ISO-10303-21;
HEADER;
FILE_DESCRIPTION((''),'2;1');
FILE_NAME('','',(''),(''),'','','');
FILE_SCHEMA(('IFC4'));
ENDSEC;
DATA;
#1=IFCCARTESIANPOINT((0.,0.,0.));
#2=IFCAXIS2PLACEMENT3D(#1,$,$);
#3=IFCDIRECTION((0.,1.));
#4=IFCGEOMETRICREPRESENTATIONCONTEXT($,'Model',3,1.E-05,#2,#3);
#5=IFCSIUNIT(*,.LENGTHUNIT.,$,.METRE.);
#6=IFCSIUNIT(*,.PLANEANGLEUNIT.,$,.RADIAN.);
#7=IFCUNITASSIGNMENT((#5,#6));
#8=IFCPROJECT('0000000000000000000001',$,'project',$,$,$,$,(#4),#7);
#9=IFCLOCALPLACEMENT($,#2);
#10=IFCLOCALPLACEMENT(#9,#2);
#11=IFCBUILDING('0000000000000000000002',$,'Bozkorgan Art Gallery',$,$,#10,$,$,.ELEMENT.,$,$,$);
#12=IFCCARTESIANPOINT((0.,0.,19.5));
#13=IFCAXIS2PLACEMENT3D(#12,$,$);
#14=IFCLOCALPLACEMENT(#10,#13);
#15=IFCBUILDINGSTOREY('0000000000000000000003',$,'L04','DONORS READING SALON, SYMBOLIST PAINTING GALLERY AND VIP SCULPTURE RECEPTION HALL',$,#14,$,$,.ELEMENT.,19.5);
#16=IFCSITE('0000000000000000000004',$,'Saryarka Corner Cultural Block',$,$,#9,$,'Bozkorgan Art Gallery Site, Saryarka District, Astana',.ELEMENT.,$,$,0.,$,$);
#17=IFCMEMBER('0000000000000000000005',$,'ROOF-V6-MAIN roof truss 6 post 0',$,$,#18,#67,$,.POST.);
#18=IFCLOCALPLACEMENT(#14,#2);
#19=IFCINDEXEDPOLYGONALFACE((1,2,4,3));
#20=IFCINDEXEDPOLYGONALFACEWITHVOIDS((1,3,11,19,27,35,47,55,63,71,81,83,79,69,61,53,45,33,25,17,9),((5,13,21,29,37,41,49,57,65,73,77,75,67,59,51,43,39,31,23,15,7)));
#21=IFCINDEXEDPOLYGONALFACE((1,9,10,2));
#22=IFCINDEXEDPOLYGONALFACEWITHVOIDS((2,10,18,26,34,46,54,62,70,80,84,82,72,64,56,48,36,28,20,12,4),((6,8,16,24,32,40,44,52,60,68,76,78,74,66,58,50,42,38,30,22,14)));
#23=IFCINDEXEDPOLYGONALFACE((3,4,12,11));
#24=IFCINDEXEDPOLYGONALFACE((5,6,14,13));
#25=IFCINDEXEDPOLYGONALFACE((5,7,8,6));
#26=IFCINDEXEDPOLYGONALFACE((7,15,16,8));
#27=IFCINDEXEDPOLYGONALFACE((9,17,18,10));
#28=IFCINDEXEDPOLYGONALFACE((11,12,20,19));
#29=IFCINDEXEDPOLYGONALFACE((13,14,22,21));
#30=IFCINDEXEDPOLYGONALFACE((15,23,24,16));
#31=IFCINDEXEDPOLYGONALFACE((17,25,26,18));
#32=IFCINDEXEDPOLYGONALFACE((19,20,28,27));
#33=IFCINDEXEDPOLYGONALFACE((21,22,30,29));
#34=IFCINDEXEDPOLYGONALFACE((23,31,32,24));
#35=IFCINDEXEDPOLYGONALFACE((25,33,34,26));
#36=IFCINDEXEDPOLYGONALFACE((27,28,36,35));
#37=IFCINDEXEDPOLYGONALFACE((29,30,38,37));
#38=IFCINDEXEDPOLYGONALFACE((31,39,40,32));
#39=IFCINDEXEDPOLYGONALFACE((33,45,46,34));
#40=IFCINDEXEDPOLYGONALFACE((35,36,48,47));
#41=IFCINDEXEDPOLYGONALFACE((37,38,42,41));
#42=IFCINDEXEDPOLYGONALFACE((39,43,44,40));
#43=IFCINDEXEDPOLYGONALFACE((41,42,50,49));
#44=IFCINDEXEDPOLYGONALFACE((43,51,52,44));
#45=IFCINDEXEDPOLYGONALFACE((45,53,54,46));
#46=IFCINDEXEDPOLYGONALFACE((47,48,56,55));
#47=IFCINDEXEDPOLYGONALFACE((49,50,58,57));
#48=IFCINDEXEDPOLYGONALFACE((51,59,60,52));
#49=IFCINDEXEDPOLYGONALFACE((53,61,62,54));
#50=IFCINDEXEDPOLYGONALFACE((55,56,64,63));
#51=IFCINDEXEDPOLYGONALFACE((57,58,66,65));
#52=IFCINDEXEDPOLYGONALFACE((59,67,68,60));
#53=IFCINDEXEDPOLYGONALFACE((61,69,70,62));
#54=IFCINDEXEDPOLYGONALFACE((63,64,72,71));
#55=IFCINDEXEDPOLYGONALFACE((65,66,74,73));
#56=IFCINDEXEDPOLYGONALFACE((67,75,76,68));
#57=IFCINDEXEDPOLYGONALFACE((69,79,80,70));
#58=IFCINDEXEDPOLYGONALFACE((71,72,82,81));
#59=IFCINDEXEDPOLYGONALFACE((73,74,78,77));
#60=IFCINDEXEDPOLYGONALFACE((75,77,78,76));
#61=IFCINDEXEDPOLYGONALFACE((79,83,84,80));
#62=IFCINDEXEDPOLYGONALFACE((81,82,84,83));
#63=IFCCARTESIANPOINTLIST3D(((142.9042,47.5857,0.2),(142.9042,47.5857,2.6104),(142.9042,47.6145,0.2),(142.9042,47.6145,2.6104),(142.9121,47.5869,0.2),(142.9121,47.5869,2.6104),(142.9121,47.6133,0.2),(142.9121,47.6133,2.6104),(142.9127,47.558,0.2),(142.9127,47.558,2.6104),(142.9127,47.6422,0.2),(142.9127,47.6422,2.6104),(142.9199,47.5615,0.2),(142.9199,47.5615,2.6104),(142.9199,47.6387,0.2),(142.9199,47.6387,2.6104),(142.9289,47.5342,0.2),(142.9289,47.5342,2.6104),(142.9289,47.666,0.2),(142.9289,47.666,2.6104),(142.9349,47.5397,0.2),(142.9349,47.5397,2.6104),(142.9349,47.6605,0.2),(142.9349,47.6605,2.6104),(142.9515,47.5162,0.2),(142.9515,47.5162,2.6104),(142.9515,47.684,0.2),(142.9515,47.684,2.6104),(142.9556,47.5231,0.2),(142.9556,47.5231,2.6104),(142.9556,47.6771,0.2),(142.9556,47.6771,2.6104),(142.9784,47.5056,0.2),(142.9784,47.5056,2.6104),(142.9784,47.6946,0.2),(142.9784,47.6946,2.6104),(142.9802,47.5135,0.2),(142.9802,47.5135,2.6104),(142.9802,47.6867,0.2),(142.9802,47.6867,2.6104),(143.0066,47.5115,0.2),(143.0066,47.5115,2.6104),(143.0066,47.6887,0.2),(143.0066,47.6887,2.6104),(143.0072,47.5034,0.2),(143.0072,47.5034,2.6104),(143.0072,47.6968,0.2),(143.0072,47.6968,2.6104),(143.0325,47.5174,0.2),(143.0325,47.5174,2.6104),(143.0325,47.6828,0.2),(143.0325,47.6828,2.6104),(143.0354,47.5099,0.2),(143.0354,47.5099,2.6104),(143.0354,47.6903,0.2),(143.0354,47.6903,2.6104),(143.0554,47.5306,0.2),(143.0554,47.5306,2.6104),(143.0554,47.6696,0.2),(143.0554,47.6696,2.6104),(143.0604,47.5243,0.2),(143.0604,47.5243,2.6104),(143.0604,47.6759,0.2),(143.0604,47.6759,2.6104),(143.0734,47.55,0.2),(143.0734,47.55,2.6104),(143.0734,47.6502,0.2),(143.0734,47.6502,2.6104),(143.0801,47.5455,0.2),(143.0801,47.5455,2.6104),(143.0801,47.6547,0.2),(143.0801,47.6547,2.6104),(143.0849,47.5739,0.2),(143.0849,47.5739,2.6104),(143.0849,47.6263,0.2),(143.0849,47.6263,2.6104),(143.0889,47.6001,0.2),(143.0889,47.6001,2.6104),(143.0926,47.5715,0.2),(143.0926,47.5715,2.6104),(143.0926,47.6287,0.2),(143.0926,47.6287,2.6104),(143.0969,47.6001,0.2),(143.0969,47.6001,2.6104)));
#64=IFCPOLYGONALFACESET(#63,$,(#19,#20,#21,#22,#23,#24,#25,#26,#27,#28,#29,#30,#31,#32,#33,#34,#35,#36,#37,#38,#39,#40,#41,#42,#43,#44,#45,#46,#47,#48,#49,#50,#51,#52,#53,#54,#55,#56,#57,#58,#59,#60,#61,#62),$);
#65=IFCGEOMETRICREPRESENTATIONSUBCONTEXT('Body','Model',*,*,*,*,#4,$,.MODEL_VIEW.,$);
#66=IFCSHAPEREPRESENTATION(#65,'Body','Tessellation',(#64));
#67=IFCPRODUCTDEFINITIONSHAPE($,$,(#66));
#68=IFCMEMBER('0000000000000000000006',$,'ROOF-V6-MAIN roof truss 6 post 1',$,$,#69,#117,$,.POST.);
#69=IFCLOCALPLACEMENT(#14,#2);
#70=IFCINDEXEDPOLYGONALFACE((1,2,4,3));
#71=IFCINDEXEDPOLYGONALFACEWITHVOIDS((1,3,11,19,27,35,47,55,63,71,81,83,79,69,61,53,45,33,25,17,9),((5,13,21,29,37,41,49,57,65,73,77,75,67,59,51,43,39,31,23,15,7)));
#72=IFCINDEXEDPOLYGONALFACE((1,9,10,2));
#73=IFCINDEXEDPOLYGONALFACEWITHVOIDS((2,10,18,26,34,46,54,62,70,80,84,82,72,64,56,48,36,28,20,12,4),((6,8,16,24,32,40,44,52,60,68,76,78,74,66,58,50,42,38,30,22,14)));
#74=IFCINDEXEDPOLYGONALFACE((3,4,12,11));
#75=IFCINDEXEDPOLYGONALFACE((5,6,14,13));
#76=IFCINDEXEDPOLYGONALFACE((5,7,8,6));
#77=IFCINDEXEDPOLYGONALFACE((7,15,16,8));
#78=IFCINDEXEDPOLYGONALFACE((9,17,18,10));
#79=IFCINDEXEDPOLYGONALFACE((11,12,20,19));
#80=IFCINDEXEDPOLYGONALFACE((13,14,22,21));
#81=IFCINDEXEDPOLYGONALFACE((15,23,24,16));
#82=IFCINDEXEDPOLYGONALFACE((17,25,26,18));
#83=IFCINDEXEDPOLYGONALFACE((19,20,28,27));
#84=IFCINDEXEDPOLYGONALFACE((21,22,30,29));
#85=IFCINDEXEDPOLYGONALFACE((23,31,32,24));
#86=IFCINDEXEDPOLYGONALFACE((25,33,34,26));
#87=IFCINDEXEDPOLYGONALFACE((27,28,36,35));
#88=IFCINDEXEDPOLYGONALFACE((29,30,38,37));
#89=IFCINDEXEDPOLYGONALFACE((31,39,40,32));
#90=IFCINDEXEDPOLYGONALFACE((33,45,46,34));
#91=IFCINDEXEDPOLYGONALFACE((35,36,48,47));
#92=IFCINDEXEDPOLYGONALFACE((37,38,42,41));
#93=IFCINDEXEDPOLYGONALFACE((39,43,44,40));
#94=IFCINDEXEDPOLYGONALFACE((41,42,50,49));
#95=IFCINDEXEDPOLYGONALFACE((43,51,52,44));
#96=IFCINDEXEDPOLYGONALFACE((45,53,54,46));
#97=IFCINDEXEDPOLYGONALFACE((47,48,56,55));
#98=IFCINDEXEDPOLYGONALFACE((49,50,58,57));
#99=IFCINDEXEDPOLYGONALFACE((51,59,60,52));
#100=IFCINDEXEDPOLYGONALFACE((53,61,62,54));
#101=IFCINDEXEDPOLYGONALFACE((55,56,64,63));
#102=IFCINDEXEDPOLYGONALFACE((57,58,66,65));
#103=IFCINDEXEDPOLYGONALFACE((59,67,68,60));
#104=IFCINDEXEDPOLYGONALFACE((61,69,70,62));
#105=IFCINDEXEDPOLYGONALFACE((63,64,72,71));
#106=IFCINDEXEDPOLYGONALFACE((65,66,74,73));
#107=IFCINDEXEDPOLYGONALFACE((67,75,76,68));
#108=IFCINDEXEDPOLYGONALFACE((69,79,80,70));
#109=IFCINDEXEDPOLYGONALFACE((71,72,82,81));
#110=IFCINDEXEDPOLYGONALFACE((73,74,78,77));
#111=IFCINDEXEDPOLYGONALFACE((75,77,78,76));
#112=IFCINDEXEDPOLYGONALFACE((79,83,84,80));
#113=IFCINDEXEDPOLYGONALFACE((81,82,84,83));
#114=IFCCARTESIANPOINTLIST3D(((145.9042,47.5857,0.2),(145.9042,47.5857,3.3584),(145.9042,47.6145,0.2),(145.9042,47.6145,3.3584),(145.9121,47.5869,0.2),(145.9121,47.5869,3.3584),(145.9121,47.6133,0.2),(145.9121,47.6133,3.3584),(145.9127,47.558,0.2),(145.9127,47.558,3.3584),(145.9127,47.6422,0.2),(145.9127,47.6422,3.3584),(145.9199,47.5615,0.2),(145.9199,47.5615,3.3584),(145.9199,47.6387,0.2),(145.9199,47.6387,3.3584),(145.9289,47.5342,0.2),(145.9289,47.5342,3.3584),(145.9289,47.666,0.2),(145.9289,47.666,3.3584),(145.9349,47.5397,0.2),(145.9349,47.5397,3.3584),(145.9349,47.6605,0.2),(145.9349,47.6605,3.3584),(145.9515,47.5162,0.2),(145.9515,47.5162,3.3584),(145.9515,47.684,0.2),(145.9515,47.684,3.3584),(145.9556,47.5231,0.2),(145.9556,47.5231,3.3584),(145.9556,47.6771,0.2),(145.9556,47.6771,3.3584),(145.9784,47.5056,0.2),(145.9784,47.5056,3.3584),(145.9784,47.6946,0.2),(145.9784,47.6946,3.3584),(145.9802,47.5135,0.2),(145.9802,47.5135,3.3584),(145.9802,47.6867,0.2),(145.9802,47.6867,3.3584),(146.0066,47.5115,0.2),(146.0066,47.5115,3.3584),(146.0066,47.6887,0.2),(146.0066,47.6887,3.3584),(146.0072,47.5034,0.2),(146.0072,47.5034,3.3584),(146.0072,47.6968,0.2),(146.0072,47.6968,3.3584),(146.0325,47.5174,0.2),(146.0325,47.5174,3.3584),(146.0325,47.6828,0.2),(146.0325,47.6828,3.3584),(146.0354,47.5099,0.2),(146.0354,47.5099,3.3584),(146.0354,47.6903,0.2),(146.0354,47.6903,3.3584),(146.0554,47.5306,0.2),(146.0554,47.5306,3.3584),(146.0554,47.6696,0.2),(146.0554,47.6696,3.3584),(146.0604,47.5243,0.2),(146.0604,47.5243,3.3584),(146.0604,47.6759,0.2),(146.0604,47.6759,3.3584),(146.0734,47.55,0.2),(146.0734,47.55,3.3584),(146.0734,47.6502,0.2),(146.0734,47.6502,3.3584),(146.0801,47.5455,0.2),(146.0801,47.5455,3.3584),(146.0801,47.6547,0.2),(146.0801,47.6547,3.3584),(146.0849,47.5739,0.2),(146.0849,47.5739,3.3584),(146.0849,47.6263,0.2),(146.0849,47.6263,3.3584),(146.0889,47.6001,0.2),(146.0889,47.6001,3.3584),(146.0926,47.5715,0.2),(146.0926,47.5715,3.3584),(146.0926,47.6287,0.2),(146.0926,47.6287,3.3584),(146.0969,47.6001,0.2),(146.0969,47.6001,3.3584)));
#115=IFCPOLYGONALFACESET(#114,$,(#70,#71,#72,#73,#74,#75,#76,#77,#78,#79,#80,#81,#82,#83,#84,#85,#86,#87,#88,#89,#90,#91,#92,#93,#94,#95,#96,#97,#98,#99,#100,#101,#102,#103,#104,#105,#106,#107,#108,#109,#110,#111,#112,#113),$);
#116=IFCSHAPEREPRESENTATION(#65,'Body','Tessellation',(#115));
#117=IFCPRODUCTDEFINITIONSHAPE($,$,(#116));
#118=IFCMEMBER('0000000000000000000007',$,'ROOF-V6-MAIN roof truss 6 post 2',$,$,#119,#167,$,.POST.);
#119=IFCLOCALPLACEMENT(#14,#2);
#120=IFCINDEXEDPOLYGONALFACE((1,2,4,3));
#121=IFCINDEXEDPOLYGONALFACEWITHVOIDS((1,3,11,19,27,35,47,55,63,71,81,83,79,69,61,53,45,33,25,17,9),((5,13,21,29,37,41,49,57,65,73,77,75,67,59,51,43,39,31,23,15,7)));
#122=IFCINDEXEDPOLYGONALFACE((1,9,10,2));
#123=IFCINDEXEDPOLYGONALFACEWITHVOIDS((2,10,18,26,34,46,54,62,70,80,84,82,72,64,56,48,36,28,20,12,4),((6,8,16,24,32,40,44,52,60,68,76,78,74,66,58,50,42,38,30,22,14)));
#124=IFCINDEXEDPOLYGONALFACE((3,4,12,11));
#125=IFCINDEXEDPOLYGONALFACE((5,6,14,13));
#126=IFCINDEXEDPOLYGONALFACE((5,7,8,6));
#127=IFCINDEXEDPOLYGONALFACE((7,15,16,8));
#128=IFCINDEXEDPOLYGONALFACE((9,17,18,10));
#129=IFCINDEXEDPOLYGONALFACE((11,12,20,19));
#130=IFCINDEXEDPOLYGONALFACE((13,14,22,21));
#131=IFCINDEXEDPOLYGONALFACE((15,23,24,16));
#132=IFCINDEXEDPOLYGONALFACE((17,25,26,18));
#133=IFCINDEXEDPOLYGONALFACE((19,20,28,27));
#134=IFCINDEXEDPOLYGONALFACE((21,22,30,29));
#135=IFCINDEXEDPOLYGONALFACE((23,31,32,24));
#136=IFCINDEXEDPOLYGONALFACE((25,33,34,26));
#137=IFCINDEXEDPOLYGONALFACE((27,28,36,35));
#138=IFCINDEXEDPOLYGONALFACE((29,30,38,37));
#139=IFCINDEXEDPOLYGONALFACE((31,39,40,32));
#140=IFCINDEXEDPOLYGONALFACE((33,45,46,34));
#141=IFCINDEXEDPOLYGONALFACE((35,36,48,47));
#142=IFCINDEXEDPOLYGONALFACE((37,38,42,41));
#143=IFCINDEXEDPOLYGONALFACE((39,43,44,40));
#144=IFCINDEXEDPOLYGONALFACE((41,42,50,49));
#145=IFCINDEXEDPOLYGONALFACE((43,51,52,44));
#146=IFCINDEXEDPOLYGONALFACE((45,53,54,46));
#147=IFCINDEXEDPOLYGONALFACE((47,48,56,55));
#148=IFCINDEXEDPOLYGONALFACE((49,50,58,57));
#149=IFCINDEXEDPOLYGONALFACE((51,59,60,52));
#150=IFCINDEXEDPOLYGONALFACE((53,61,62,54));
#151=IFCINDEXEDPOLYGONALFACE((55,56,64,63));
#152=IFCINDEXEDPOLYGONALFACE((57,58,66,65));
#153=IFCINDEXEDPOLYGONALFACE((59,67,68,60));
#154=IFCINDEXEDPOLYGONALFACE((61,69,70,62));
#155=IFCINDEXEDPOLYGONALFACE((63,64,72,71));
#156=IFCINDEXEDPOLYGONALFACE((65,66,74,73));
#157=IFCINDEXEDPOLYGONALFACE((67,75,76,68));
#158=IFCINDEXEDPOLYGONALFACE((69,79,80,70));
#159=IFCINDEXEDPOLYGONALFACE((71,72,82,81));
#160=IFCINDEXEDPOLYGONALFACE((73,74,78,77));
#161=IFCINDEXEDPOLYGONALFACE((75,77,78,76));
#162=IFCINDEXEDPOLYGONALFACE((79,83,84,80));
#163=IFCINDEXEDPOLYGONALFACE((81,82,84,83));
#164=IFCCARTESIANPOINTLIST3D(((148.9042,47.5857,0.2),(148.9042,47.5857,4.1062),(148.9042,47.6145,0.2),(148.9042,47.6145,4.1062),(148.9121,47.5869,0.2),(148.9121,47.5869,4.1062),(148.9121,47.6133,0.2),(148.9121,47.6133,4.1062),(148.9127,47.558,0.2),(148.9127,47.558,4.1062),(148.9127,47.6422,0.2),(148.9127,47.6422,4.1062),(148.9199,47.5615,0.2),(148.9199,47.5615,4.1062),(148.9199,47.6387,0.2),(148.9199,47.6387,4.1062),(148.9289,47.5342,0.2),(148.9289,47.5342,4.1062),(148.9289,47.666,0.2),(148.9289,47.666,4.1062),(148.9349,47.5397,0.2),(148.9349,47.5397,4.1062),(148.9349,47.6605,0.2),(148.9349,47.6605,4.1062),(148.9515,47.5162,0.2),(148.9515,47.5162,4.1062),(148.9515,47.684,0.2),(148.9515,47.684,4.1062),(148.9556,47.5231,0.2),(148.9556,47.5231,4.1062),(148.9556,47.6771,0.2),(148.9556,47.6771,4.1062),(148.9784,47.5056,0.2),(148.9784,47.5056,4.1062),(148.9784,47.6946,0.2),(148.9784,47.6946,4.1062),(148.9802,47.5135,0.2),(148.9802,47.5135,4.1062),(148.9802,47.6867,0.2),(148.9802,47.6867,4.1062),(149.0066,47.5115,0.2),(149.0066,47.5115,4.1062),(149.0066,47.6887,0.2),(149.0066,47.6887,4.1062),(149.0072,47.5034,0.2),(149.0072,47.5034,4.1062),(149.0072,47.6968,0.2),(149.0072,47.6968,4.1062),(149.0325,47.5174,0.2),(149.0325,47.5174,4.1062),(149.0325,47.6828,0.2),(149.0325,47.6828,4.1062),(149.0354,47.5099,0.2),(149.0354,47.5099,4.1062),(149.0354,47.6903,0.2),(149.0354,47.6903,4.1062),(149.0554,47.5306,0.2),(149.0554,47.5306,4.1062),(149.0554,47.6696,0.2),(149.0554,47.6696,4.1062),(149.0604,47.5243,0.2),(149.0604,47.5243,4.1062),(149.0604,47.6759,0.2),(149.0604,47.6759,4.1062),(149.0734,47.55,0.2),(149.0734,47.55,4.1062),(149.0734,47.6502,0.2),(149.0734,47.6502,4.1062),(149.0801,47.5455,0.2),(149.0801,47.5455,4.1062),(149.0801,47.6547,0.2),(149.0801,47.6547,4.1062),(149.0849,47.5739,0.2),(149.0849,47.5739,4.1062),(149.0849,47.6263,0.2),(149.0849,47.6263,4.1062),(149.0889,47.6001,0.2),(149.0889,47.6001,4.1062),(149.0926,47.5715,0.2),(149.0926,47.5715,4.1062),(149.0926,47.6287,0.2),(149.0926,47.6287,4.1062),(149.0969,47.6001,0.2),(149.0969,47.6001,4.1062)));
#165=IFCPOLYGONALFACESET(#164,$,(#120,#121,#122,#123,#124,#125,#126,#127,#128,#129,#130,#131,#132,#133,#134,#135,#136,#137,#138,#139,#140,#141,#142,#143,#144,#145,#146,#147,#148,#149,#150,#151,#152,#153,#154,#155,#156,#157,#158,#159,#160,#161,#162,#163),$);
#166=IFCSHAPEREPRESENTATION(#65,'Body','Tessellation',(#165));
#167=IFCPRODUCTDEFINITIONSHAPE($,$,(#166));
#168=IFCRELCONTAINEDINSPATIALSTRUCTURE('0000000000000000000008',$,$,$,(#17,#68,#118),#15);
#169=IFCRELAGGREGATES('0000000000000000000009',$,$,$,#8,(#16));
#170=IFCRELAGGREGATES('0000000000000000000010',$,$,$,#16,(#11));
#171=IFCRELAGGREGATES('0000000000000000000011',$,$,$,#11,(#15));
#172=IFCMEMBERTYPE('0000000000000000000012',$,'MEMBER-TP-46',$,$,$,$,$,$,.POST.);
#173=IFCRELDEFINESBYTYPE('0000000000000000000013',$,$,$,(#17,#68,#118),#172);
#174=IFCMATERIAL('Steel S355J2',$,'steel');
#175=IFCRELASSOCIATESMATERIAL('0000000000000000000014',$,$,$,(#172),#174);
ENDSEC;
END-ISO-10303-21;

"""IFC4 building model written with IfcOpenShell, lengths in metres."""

from ifc_helpers import new_model, si_unit, direction, frame, origin, origin_2d, place, context, subcontext, project, spatial, hollow_circle, extrude, material, material_profile, profile_set, type_object, element, save


model = new_model("IFC4")

# Units and contexts
model_context = context("Model", 3, precision=1e-05, world=origin(), true_north=direction((0.0, 1.0)))
body_context = subcontext(model_context, "Body", "Model", "MODEL_VIEW")
ifc_project = project(units=[si_unit("LENGTHUNIT", "METRE"), si_unit("PLANEANGLEUNIT", "RADIAN")], contexts=[model_context])

# Site, building, storey
site_placement = place(None, origin())
site = spatial("IfcSite", under=ifc_project, at=site_placement, Name="Saryarka Corner Cultural Block", LongName="Bozkorgan Art Gallery Site, Saryarka District, Astana", CompositionType="ELEMENT", RefElevation=0.0)
building_placement = place(site_placement, origin())
building = spatial("IfcBuilding", under=site, at=building_placement, Name="Bozkorgan Art Gallery", CompositionType="ELEMENT")
storey_placement = place(building_placement, frame((0.0, 0.0, 19.5)))
storey = spatial("IfcBuildingStorey", under=building, at=storey_placement, Name="L04", Description="DONORS READING SALON, SYMBOLIST PAINTING GALLERY AND VIP SCULPTURE RECEPTION HALL", CompositionType="ELEMENT", Elevation=19.5)

# Shared definitions
ifc_material = material(Name="Steel S355J2", Category="steel")

# Members
ifc_material_profile_1 = material_profile(ifc_material, hollow_circle(Radius=0.0969, WallThickness=0.0081, at=origin_2d()), Name="CHS 193.7x8")
ifc_profile_set_1 = profile_set([ifc_material_profile_1], Name="Steel S355J2")
member_type_1 = type_object("IfcMemberType", Name="MEMBER-TP-46", PredefinedType="POST", material=ifc_profile_set_1)
member_1_placement = place(storey_placement, frame((143.0, 47.6001, 0.2), z_axis=(0.0, 0.0, 1.0), x_axis=(1.0, 0.0, 0.0)))
element("IfcMember", 1, at=member_1_placement, inside=storey, type_object=member_type_1, Name="ROOF-V6-MAIN roof truss 6 post 0", PredefinedType="POST", context=body_context, shape_type="SweptSolid", body=[
    extrude(hollow_circle(Radius=0.0969, WallThickness=0.0081, at=origin_2d()), origin(), (0.0, 0.0, 1.0), 2.4104),
])
member_2_placement = place(storey_placement, frame((146.0, 47.6001, 0.2), z_axis=(0.0, 0.0, 1.0), x_axis=(1.0, 0.0, 0.0)))
element("IfcMember", 2, at=member_2_placement, inside=storey, type_object=member_type_1, Name="ROOF-V6-MAIN roof truss 6 post 1", PredefinedType="POST", context=body_context, shape_type="SweptSolid", body=[
    extrude(hollow_circle(Radius=0.0969, WallThickness=0.0081, at=origin_2d()), origin(), (0.0, 0.0, 1.0), 3.1584),
])
member_3_placement = place(storey_placement, frame((149.0, 47.6001, 0.2), z_axis=(0.0, 0.0, 1.0), x_axis=(1.0, 0.0, 0.0)))
element("IfcMember", 3, at=member_3_placement, inside=storey, type_object=member_type_1, Name="ROOF-V6-MAIN roof truss 6 post 2", PredefinedType="POST", context=body_context, shape_type="SweptSolid", body=[
    extrude(hollow_circle(Radius=0.0969, WallThickness=0.0081, at=origin_2d()), origin(), (0.0, 0.0, 1.0), 3.9062),
])

save(model, "model.ifc")
